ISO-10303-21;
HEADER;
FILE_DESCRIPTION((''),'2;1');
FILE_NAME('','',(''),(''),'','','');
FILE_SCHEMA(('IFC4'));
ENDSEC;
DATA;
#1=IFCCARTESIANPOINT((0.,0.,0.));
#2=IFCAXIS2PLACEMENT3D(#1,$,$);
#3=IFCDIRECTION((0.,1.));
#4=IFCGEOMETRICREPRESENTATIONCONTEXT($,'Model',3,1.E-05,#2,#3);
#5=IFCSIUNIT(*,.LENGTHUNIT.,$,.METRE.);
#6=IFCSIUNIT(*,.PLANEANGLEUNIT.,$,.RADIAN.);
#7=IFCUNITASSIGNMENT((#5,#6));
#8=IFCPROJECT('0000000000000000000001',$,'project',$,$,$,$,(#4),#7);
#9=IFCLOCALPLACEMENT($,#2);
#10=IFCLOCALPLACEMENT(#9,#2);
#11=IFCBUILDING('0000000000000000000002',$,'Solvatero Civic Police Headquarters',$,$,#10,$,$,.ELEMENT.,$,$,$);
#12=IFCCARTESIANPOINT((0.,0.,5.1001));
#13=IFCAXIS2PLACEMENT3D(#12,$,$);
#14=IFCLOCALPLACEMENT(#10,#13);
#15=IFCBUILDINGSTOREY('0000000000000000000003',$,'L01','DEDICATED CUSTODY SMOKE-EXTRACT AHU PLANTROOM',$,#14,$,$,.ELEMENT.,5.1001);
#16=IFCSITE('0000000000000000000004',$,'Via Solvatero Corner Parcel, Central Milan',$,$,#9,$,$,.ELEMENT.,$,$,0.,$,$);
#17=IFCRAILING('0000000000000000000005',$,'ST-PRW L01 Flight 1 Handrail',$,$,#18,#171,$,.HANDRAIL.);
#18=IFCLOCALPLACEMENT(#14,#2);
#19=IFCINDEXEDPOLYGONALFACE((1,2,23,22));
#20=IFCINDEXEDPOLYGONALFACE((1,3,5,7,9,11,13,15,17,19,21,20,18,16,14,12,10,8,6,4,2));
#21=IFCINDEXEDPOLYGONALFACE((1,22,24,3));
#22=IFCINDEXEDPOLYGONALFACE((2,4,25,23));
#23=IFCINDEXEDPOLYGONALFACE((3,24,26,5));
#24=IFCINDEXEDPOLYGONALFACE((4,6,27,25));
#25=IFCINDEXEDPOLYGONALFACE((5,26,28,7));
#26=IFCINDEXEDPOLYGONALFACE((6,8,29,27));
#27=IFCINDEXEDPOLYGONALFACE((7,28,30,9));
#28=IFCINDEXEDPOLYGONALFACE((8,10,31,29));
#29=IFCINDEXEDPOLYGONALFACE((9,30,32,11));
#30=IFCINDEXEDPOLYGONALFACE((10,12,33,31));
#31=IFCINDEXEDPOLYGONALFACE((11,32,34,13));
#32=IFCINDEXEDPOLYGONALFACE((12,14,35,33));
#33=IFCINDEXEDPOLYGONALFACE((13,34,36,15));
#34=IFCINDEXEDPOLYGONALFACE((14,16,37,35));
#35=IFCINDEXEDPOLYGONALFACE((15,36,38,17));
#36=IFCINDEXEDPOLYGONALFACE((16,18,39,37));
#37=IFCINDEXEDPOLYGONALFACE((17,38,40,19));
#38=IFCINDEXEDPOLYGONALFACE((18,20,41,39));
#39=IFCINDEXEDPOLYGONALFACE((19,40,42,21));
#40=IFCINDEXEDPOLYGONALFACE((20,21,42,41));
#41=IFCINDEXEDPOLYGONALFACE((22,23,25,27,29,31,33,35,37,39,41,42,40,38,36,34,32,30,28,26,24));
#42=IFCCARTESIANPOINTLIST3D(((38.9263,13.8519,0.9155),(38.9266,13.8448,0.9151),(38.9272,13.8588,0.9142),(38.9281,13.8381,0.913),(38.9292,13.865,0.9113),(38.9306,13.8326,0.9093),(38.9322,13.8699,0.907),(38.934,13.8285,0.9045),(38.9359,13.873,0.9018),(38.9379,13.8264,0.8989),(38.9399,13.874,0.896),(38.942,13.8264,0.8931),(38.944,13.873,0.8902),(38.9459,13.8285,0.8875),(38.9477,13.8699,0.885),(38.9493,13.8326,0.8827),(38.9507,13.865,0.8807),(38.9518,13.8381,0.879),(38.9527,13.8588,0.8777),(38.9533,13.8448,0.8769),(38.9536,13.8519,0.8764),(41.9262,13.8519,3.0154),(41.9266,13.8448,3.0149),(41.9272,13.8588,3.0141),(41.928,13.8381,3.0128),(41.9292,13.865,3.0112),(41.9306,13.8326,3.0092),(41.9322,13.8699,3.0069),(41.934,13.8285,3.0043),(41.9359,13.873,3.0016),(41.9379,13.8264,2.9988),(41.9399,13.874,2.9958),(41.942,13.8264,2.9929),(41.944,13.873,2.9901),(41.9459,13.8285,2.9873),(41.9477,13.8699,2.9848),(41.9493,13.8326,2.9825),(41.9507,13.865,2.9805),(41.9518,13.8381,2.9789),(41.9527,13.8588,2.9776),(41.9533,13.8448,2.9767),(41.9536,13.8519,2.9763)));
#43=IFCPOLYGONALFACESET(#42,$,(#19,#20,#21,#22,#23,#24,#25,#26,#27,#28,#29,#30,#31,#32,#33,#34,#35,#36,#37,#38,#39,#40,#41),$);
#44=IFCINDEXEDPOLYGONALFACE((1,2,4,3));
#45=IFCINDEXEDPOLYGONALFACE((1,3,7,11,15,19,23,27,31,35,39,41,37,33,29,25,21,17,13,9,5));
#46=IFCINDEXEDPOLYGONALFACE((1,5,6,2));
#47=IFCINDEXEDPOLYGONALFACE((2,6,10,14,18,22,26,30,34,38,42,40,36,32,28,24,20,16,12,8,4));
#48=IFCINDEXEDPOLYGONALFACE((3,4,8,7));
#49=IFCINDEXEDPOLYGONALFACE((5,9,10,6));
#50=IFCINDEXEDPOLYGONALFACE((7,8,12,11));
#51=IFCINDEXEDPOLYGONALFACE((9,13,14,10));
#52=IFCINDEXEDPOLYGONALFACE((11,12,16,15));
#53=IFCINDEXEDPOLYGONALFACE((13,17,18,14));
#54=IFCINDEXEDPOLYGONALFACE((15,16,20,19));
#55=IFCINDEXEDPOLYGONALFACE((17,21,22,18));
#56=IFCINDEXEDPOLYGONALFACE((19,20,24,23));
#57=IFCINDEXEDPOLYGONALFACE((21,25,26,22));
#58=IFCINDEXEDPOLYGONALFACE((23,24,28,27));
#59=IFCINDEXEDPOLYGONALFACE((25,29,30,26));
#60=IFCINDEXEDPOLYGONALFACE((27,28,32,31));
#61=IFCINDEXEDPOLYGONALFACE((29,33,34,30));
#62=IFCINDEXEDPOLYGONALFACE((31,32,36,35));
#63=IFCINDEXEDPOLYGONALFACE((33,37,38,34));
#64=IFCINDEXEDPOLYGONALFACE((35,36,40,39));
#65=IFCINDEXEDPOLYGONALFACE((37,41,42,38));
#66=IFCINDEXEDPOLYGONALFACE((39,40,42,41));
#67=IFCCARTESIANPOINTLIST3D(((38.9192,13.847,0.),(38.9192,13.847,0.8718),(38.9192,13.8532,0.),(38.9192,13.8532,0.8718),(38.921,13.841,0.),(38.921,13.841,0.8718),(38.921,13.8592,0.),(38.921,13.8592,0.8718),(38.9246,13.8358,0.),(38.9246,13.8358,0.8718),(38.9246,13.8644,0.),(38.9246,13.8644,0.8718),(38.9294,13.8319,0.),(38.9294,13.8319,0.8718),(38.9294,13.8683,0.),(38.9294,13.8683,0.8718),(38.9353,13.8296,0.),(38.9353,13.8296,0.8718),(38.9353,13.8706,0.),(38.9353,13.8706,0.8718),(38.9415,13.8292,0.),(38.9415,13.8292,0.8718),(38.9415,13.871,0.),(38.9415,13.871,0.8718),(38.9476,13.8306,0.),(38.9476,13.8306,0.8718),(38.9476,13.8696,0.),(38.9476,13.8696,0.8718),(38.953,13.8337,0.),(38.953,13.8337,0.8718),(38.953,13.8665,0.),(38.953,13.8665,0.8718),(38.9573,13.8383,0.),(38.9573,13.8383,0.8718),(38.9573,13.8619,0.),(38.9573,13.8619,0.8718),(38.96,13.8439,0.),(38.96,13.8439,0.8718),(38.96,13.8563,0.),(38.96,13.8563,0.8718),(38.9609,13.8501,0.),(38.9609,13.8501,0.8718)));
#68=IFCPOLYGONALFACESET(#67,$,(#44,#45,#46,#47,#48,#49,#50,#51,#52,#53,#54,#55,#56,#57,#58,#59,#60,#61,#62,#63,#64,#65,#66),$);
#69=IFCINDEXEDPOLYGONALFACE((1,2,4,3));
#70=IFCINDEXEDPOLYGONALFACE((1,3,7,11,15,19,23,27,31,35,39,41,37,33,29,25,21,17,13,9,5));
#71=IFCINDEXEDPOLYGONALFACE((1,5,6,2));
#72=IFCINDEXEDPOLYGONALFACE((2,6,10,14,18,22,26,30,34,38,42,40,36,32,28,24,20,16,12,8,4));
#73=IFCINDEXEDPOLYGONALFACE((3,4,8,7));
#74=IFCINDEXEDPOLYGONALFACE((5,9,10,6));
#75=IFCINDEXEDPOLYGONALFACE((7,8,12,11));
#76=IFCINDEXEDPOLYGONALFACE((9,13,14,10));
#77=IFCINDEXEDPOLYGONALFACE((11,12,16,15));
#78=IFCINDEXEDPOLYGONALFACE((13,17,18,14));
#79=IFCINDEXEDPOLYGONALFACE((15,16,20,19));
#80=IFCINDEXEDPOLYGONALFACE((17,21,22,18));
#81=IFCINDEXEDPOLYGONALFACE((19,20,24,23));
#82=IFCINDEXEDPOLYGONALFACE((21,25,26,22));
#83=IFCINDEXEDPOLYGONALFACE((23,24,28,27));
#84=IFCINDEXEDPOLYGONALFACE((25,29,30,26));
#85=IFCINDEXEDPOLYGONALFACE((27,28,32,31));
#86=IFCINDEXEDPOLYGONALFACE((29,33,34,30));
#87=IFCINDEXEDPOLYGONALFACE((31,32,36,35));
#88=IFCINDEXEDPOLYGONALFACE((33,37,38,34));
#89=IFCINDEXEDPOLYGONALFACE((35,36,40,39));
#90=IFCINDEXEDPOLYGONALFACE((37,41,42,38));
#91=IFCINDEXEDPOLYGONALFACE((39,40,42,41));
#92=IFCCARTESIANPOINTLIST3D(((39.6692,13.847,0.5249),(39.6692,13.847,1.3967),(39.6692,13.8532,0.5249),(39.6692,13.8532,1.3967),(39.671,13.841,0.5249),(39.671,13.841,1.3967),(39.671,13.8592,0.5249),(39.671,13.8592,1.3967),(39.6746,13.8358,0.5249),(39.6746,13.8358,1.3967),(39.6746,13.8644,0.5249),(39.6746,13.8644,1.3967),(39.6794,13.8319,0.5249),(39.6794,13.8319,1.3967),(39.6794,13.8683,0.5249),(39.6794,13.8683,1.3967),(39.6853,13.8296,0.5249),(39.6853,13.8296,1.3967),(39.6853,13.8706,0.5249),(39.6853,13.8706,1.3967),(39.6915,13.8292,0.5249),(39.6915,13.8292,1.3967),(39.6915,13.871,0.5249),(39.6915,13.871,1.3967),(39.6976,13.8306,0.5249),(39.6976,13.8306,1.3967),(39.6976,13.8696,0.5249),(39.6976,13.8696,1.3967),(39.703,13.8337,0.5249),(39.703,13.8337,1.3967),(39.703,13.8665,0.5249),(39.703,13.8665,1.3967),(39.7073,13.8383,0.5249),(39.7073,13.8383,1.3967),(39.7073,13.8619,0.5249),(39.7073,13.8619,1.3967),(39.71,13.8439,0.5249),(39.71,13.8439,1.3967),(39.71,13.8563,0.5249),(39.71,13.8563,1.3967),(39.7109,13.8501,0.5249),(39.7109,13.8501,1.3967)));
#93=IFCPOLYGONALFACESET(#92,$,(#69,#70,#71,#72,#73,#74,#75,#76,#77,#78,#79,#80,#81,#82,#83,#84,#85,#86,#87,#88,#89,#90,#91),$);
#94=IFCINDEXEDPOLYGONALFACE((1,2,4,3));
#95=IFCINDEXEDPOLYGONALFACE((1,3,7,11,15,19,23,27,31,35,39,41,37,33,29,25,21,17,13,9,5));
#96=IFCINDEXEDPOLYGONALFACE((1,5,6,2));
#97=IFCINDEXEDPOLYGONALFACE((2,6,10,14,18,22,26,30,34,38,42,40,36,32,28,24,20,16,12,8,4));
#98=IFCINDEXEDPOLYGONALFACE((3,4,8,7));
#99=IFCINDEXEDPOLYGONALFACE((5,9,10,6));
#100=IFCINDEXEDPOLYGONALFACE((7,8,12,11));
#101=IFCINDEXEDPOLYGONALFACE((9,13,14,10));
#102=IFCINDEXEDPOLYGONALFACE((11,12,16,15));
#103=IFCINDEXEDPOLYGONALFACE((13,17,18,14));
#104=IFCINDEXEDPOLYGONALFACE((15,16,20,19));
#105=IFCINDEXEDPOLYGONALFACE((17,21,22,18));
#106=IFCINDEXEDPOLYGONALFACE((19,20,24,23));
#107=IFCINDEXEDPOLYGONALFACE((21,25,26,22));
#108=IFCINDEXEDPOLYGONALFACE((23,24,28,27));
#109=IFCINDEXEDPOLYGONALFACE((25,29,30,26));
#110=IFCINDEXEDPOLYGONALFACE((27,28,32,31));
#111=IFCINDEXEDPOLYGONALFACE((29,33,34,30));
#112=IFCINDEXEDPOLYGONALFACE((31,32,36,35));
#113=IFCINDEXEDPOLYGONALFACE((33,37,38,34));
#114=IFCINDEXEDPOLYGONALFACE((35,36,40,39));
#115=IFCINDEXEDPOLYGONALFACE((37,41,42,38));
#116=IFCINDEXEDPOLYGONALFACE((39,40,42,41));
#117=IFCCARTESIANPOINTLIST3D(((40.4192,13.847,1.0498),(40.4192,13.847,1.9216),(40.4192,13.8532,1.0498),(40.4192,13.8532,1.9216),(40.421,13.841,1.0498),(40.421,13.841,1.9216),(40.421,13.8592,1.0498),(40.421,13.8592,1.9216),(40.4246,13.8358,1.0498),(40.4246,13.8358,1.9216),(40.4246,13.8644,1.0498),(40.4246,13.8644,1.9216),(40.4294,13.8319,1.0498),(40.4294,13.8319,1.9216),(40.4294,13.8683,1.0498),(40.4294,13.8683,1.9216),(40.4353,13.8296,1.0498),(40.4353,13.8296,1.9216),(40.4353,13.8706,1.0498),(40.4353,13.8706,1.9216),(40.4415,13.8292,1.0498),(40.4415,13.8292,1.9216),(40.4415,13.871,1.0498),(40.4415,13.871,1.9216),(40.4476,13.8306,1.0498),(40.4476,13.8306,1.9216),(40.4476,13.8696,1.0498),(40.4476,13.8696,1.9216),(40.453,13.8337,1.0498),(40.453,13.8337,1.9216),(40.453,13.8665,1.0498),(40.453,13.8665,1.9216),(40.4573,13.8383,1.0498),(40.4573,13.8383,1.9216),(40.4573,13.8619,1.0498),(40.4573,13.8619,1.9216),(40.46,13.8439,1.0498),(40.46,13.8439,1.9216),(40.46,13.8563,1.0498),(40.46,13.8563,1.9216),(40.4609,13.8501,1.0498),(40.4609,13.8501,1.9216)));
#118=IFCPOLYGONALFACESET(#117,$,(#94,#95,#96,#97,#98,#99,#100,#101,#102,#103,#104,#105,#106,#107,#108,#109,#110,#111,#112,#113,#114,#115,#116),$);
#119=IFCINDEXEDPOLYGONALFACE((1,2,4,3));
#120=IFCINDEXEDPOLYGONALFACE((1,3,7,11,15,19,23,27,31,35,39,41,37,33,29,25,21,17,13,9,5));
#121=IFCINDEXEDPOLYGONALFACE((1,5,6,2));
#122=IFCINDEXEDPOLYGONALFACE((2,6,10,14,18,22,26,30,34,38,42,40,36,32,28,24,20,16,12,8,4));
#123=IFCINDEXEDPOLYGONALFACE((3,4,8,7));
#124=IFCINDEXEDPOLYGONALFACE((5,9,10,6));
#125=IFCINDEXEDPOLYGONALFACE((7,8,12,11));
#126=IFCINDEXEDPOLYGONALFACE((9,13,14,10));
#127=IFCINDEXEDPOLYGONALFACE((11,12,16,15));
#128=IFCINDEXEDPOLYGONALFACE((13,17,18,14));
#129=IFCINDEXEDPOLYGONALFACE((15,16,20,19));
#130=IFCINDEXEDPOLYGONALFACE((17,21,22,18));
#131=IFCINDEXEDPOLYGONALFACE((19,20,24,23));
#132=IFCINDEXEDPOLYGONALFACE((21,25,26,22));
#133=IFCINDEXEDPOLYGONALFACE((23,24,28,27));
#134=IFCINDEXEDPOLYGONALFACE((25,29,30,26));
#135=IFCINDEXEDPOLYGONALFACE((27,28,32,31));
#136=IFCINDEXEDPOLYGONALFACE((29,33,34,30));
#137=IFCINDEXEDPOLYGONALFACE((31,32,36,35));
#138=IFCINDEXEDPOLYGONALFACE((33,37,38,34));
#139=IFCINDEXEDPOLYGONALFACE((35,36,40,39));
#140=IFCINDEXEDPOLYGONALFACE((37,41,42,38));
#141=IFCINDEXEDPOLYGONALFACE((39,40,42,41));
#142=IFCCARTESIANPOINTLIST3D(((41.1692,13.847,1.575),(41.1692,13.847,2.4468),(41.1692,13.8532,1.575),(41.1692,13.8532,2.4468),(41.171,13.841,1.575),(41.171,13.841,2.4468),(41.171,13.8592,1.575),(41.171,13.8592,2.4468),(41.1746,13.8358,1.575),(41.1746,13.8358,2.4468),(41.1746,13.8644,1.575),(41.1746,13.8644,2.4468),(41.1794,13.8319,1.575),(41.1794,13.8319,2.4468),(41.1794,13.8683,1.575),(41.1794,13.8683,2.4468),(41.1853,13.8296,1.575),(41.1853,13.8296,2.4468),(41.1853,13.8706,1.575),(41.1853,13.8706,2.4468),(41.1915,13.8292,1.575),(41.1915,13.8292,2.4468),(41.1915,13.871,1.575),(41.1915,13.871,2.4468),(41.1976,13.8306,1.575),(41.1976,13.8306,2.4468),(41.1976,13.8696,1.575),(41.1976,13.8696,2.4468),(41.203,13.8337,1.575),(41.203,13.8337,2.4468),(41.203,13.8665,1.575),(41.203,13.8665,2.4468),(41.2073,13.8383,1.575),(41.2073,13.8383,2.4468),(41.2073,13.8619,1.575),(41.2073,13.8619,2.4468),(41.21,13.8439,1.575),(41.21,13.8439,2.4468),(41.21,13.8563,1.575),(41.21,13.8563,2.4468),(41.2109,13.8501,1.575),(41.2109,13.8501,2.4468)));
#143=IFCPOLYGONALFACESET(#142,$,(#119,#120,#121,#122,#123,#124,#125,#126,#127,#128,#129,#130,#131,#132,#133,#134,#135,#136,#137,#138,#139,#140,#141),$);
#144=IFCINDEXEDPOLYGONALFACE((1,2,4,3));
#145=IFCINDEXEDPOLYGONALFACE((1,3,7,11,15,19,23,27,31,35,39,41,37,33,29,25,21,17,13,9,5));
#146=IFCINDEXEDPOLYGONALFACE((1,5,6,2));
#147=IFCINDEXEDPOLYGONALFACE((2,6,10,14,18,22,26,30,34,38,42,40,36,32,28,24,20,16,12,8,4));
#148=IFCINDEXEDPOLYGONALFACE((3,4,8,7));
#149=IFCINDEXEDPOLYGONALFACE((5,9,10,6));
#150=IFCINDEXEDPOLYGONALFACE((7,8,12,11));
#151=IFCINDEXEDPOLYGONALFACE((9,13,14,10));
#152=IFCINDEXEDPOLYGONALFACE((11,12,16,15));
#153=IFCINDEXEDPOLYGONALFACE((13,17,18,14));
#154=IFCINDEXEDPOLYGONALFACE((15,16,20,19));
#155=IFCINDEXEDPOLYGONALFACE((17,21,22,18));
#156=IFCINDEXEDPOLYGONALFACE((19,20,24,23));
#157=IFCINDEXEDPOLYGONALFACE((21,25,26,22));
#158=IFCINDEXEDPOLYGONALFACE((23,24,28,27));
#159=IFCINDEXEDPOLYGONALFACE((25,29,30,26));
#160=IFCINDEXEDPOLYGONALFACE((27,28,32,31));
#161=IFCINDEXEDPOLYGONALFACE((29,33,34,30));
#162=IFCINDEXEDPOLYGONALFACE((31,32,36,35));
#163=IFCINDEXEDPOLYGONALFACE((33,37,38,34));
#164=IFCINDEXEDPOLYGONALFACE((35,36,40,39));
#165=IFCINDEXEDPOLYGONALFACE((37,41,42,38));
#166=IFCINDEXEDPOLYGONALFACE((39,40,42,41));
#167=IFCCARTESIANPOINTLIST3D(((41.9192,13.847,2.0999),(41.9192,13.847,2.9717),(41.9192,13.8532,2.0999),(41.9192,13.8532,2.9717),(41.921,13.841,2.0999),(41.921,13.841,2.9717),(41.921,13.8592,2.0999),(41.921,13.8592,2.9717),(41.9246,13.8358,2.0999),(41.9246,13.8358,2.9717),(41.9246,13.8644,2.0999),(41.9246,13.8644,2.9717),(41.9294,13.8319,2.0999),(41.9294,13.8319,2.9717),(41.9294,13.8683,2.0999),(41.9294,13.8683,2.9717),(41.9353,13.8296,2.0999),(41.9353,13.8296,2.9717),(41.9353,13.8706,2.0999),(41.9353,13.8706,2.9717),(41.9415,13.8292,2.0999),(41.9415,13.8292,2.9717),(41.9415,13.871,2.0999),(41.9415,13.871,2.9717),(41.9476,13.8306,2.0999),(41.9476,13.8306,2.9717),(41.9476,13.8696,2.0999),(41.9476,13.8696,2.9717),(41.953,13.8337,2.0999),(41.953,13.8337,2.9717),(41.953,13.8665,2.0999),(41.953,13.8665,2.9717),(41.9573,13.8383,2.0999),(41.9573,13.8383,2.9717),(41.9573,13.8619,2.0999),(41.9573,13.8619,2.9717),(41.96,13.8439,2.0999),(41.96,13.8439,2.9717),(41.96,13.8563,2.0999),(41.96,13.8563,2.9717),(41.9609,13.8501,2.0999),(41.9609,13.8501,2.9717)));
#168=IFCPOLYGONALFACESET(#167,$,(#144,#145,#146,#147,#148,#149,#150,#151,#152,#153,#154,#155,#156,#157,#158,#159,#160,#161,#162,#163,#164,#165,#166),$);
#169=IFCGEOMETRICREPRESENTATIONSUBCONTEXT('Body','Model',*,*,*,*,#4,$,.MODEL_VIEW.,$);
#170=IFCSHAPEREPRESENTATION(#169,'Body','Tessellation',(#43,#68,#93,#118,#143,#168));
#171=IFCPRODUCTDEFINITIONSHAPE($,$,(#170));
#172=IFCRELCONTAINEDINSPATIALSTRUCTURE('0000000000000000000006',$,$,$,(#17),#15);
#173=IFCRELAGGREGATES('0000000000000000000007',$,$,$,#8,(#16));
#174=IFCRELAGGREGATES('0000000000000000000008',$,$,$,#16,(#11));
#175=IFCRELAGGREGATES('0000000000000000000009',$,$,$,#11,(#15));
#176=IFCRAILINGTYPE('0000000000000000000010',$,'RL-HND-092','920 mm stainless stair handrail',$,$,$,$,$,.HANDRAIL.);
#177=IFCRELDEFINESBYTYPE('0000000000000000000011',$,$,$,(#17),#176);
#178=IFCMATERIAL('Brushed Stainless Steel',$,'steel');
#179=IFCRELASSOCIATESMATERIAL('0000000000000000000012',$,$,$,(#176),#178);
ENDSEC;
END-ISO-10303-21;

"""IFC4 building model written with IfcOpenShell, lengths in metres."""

from ifc_helpers import new_model, si_unit, direction, frame, origin, origin_2d, place, context, subcontext, project, spatial, circle, extrude, material, type_object, element, save


model = new_model("IFC4")

# Units and contexts
model_context = context("Model", 3, precision=1e-05, world=origin(), true_north=direction((0.0, 1.0)))
body_context = subcontext(model_context, "Body", "Model", "MODEL_VIEW")
ifc_project = project(units=[si_unit("LENGTHUNIT", "METRE"), si_unit("PLANEANGLEUNIT", "RADIAN")], contexts=[model_context])

# Site, building, storey
site_placement = place(None, origin())
site = spatial("IfcSite", under=ifc_project, at=site_placement, Name="Via Solvatero Corner Parcel, Central Milan", CompositionType="ELEMENT", RefElevation=0.0)
building_placement = place(site_placement, origin())
building = spatial("IfcBuilding", under=site, at=building_placement, Name="Solvatero Civic Police Headquarters", CompositionType="ELEMENT")
storey_placement = place(building_placement, frame((0.0, 0.0, 5.1001)))
storey = spatial("IfcBuildingStorey", under=building, at=storey_placement, Name="L01", Description="DEDICATED CUSTODY SMOKE-EXTRACT AHU PLANTROOM", CompositionType="ELEMENT", Elevation=5.1001)

# Railing
ifc_material_1 = material(Name="Brushed Stainless Steel", Category="steel")
railing_type_1 = type_object("IfcRailingType", Name="RL-HND-092", Description="920 mm stainless stair handrail", PredefinedType="HANDRAIL", material=ifc_material_1)
railing_1_placement = place(storey_placement, frame((38.9399, 13.8501, 0.0)))
element("IfcRailing", 1, at=railing_1_placement, inside=storey, type_object=railing_type_1, Name="ST-PRW L01 Flight 1 Handrail", PredefinedType="HANDRAIL", context=body_context, shape_type="SweptSolid", body=[
    extrude(circle(Radius=0.0239, at=origin_2d()), frame((0.0, 0.0, 0.896), z_axis=(0.819251, 0.0, 0.573435), x_axis=(0.0, 1.0, 0.0)), (0.0, 0.0, 1.0), 3.6619),
    extrude(circle(Radius=0.021, at=origin_2d()), origin(), (0.0, 0.0, 1.0), 0.8718),
    extrude(circle(Radius=0.021, at=origin_2d()), frame((0.75, 0.0, 0.5249)), (0.0, 0.0, 1.0), 0.8718),
    extrude(circle(Radius=0.021, at=origin_2d()), frame((1.5, 0.0, 1.0498)), (0.0, 0.0, 1.0), 0.8718),
    extrude(circle(Radius=0.021, at=origin_2d()), frame((2.25, 0.0, 1.575)), (0.0, 0.0, 1.0), 0.8718),
    extrude(circle(Radius=0.021, at=origin_2d()), frame((3.0, 0.0, 2.0999)), (0.0, 0.0, 1.0), 0.8718),
])

save(model, "model.ifc")
